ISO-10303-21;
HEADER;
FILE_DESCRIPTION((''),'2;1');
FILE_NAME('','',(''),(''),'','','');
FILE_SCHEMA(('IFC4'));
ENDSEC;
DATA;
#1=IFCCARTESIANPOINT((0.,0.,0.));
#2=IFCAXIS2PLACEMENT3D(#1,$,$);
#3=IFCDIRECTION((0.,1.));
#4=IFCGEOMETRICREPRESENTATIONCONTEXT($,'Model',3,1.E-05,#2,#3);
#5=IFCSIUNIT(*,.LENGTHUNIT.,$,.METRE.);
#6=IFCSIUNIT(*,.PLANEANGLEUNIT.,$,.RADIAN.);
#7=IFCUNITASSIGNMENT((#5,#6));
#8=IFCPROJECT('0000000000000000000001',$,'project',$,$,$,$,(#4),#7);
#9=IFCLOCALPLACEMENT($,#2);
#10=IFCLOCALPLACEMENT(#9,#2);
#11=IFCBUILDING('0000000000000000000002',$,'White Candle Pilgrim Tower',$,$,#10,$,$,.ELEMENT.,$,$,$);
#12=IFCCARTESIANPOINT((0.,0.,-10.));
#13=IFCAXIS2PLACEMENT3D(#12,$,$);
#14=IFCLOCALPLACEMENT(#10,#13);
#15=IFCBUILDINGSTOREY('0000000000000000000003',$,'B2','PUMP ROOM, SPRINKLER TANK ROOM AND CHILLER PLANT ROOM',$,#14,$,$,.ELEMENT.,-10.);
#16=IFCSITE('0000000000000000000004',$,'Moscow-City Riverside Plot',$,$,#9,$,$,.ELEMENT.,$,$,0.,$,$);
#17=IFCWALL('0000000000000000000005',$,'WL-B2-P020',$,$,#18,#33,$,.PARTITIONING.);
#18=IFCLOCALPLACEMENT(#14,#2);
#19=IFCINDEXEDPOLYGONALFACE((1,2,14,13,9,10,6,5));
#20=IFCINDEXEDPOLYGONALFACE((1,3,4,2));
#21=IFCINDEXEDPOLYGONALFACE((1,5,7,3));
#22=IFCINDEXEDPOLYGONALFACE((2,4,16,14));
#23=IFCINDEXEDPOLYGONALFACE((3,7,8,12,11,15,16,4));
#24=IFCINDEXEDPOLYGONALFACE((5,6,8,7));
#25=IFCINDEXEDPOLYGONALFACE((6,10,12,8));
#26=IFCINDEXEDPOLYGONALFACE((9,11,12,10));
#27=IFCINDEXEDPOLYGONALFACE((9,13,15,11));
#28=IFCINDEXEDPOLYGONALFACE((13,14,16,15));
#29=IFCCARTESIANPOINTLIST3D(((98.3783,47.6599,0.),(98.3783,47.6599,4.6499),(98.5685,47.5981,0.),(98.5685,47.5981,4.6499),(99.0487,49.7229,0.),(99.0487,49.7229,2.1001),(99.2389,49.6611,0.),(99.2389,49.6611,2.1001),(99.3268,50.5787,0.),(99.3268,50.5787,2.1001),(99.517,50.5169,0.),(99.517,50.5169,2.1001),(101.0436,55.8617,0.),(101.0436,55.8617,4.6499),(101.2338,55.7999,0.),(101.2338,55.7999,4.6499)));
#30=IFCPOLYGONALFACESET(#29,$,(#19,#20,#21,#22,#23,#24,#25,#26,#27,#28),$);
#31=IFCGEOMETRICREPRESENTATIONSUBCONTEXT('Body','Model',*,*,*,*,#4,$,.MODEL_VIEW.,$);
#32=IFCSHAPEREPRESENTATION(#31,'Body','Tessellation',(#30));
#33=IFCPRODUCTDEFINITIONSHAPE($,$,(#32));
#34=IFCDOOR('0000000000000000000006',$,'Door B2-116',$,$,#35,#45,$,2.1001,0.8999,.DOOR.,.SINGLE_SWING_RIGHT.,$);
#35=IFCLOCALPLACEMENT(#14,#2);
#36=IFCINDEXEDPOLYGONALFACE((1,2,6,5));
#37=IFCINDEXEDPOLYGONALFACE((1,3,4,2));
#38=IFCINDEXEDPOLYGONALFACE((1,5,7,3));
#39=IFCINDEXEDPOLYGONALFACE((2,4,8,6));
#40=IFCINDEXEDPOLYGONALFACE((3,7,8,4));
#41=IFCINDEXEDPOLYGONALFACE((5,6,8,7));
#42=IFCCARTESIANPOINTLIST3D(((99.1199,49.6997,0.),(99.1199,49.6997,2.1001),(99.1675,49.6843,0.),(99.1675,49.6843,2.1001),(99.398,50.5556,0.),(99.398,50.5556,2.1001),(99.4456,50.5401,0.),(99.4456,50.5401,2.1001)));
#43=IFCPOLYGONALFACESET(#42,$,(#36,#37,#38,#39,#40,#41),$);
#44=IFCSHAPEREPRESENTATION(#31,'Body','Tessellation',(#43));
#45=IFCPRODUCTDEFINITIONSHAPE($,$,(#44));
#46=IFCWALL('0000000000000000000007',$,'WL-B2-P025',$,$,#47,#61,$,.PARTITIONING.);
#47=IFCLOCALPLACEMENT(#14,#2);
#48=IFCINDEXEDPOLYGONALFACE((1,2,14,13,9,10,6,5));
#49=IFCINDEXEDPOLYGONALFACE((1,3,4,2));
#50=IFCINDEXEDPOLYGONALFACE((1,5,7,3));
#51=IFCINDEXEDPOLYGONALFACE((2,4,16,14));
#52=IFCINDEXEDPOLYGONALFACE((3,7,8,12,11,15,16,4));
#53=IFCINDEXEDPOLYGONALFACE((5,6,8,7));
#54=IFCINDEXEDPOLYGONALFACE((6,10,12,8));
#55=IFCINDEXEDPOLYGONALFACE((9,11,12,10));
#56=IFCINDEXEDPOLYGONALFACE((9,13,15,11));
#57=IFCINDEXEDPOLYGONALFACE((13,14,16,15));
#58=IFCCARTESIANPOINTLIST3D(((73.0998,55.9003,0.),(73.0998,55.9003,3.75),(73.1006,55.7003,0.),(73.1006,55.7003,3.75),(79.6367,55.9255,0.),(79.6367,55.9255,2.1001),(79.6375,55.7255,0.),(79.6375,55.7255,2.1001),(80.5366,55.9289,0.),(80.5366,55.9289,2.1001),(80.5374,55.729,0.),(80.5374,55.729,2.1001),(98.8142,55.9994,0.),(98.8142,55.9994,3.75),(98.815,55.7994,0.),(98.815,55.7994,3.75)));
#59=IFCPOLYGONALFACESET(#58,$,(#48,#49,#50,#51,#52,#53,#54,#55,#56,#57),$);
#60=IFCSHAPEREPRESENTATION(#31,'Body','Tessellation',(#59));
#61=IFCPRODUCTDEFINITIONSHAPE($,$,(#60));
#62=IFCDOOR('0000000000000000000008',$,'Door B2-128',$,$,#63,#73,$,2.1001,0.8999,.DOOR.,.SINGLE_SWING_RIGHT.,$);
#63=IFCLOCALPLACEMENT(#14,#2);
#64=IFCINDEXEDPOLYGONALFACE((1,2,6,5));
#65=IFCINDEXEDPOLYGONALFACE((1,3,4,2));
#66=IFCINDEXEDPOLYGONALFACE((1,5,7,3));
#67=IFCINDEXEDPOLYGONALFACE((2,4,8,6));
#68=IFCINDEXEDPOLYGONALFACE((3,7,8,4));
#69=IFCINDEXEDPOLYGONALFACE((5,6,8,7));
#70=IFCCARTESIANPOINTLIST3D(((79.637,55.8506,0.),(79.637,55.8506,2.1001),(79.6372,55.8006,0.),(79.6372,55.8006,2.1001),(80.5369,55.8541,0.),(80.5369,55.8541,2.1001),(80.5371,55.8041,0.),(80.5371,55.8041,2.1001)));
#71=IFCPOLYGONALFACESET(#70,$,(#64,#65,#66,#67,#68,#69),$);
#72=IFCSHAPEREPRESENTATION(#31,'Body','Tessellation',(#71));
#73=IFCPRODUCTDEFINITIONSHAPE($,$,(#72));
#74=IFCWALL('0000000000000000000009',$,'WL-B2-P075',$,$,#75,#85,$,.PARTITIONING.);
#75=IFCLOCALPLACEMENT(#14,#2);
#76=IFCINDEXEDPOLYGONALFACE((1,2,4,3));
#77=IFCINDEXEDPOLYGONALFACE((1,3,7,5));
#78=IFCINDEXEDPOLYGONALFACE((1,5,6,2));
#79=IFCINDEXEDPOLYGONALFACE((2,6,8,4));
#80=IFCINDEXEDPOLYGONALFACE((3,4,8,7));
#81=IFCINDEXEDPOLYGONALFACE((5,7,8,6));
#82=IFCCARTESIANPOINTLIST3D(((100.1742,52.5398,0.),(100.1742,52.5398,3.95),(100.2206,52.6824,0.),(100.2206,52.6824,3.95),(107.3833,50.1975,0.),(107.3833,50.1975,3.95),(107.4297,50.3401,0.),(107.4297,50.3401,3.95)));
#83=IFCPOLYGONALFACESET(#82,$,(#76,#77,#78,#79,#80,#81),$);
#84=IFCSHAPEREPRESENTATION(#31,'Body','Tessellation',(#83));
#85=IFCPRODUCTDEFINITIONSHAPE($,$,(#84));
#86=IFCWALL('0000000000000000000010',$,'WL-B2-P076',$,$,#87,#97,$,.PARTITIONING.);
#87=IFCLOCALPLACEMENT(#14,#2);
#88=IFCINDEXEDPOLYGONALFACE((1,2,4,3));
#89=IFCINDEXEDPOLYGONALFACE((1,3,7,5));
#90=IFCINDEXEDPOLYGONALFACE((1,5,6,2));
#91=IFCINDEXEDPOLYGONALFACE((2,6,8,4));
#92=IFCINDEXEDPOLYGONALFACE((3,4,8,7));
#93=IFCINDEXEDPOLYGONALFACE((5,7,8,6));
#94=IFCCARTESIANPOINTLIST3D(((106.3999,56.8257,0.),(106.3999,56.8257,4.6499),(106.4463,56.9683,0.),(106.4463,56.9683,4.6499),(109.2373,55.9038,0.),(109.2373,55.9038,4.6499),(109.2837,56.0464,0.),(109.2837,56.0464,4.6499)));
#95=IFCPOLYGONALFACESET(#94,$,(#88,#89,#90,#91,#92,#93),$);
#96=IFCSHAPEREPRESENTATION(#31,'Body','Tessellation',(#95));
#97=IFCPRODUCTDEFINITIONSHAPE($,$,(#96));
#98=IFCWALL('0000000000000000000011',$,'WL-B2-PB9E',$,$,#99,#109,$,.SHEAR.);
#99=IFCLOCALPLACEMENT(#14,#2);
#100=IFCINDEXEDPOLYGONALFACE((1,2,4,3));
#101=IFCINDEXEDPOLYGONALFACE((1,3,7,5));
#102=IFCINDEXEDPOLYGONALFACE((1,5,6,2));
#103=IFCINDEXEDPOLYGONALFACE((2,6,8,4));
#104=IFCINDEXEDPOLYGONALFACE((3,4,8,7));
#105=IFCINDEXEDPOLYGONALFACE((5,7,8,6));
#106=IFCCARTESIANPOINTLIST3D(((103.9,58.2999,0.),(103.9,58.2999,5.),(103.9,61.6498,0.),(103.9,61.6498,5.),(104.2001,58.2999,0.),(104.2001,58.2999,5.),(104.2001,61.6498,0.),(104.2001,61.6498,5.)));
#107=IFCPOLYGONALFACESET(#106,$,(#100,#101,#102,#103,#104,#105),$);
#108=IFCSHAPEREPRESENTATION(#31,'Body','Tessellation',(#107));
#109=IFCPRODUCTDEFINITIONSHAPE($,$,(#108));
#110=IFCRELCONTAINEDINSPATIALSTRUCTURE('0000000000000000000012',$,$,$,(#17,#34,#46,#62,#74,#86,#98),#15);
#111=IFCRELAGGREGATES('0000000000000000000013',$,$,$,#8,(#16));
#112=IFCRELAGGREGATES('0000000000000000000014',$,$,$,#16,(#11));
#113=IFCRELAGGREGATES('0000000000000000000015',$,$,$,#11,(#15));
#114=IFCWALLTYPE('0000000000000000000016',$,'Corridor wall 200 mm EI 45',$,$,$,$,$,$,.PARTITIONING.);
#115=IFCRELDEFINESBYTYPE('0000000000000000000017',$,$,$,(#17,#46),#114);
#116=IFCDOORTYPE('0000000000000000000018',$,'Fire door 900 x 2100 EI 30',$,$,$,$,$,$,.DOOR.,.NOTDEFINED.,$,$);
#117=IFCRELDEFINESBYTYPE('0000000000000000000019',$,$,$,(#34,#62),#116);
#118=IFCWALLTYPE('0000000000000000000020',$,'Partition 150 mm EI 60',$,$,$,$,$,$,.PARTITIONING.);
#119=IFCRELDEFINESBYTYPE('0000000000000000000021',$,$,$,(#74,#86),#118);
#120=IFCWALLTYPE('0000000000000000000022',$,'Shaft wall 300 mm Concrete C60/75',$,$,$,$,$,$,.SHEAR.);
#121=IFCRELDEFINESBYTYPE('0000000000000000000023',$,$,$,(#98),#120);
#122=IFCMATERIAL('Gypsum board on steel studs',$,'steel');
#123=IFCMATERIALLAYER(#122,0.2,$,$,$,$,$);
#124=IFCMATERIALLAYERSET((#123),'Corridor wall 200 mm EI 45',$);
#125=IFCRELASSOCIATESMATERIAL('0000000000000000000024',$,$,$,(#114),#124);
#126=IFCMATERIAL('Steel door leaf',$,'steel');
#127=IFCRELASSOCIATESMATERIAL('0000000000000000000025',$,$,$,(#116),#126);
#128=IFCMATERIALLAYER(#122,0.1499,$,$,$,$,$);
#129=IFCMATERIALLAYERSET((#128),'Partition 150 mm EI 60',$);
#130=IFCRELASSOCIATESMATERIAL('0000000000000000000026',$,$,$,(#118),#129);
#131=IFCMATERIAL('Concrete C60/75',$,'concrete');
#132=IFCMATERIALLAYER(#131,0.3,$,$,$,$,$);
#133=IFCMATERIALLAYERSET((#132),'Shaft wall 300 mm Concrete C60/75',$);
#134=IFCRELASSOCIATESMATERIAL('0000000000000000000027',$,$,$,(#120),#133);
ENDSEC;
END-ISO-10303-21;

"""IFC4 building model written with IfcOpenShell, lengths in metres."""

from ifc_helpers import new_model, si_unit, direction, frame, frame_2d, origin, place, context, subcontext, project, spatial, rectangle, extrude, material, layer, layer_set, type_object, element, fill, save


model = new_model("IFC4")

# Units and contexts
model_context = context("Model", 3, precision=1e-05, world=origin(), true_north=direction((0.0, 1.0)))
body_context = subcontext(model_context, "Body", "Model", "MODEL_VIEW")
ifc_project = project(units=[si_unit("LENGTHUNIT", "METRE"), si_unit("PLANEANGLEUNIT", "RADIAN")], contexts=[model_context])

# Site, building, storey
site_placement = place(None, origin())
site = spatial("IfcSite", under=ifc_project, at=site_placement, Name="Moscow-City Riverside Plot", CompositionType="ELEMENT", RefElevation=0.0)
building_placement = place(site_placement, origin())
building = spatial("IfcBuilding", under=site, at=building_placement, Name="White Candle Pilgrim Tower", CompositionType="ELEMENT")
storey_placement = place(building_placement, frame((0.0, 0.0, -10.0)))
storey = spatial("IfcBuildingStorey", under=building, at=storey_placement, Name="B2", Description="PUMP ROOM, SPRINKLER TANK ROOM AND CHILLER PLANT ROOM", CompositionType="ELEMENT", Elevation=-10.0)

# Walls, openings, doors
ifc_material_1 = material(Name="Gypsum board on steel studs", Category="steel")
ifc_layer_1 = layer(ifc_material_1, 0.2)
ifc_layer_set_1 = layer_set([ifc_layer_1], Name="Corridor wall 200 mm EI 45")
wall_type_1 = type_object("IfcWallType", Name="Corridor wall 200 mm EI 45", PredefinedType="PARTITIONING", material=ifc_layer_set_1)
ifc_material_2 = material(Name="Steel door leaf", Category="steel")
door_type = type_object("IfcDoorType", Name="Fire door 900 x 2100 EI 30", OperationType="NOTDEFINED", PredefinedType="DOOR", material=ifc_material_2)
wall_1_placement = place(storey_placement, frame((101.1387, 55.8308, 0.0), z_axis=(0.0, 0.0, 1.0), x_axis=(-0.309051, -0.951046, 0.0)))
wall_1 = element("IfcWall", 1, at=wall_1_placement, inside=storey, type_object=wall_type_1, Name="WL-B2-P020", PredefinedType="PARTITIONING", context=body_context, shape_type="SweptSolid", body=[
    extrude(rectangle(XDim=8.624, YDim=0.2, at=frame_2d((4.312, 0.0))), origin(), (0.0, 0.0, 1.0), 4.6499),
])
opening_1_placement = place(wall_1_placement, frame((5.5549, 0.0, 0.0)))
opening_1 = element("IfcOpeningElement", 2, at=opening_1_placement, cuts=wall_1, PredefinedType="OPENING", context=body_context, shape_type="SweptSolid", body=[
    extrude(rectangle(XDim=0.8999, YDim=2.1001, at=frame_2d((0.45, 1.05))), frame((0.0, 0.1099, 0.0), z_axis=(0.0, -1.0, 0.0), x_axis=(1.0, 0.0, 0.0)), (0.0, 0.0, 1.0), 0.22),
])
door_1_placement = place(opening_1_placement, origin())
door_1 = element("IfcDoor", 3, at=door_1_placement, inside=storey, type_object=door_type, Name="Door B2-116", OperationType="SINGLE_SWING_RIGHT", OverallHeight=2.1001, OverallWidth=0.8999, PredefinedType="DOOR", context=body_context, shape_type="SweptSolid", body=[
    extrude(rectangle(XDim=0.8999, YDim=2.1001, at=frame_2d((0.45, 1.05))), frame((0.0, 0.0249, 0.0), z_axis=(0.0, -1.0, 0.0), x_axis=(1.0, 0.0, 0.0)), (0.0, 0.0, 1.0), 0.05),
])
fill(opening_1, door_1)
wall_2_placement = place(storey_placement, frame((98.8147, 55.8994, 0.0), z_axis=(0.0, 0.0, 1.0), x_axis=(-0.999993, -0.003855, 0.0)))
wall_2 = element("IfcWall", 4, at=wall_2_placement, inside=storey, type_object=wall_type_1, Name="WL-B2-P025", PredefinedType="PARTITIONING", context=body_context, shape_type="SweptSolid", body=[
    extrude(rectangle(XDim=25.7146, YDim=0.2, at=frame_2d((12.8574, 0.0))), origin(), (0.0, 0.0, 1.0), 3.75),
])
opening_2_placement = place(wall_2_placement, frame((18.2778, 0.0, 0.0)))
opening_2 = element("IfcOpeningElement", 5, at=opening_2_placement, cuts=wall_2, PredefinedType="OPENING", context=body_context, shape_type="SweptSolid", body=[
    extrude(rectangle(XDim=0.8999, YDim=2.1001, at=frame_2d((0.45, 1.05))), frame((0.0, 0.1099, 0.0), z_axis=(0.0, -1.0, 0.0), x_axis=(1.0, 0.0, 0.0)), (0.0, 0.0, 1.0), 0.22),
])
door_2_placement = place(opening_2_placement, origin())
door_2 = element("IfcDoor", 6, at=door_2_placement, inside=storey, type_object=door_type, Name="Door B2-128", OperationType="SINGLE_SWING_RIGHT", OverallHeight=2.1001, OverallWidth=0.8999, PredefinedType="DOOR", context=body_context, shape_type="SweptSolid", body=[
    extrude(rectangle(XDim=0.8999, YDim=2.1001, at=frame_2d((0.45, 1.05))), frame((0.0, 0.0249, 0.0), z_axis=(0.0, -1.0, 0.0), x_axis=(1.0, 0.0, 0.0)), (0.0, 0.0, 1.0), 0.05),
])
fill(opening_2, door_2)

# Walls
ifc_layer_2 = layer(ifc_material_1, 0.1499)
ifc_layer_set_2 = layer_set([ifc_layer_2], Name="Partition 150 mm EI 60")
wall_type_2 = type_object("IfcWallType", Name="Partition 150 mm EI 60", PredefinedType="PARTITIONING", material=ifc_layer_set_2)
wall_3_placement = place(storey_placement, frame((107.4065, 50.2688, 0.0), z_axis=(0.0, 0.0, 1.0), x_axis=(-0.951059, 0.30901, 0.0)))
element("IfcWall", 7, at=wall_3_placement, inside=storey, type_object=wall_type_2, Name="WL-B2-P075", PredefinedType="PARTITIONING", context=body_context, shape_type="SweptSolid", body=[
    extrude(rectangle(XDim=7.5801, YDim=0.1499, at=frame_2d((3.79, 0.0))), origin(), (0.0, 0.0, 1.0), 3.95),
])
wall_4_placement = place(storey_placement, frame((109.2605, 55.9751, 0.0), z_axis=(0.0, 0.0, 1.0), x_axis=(-0.951062, 0.309001, 0.0)))
element("IfcWall", 8, at=wall_4_placement, inside=storey, type_object=wall_type_2, Name="WL-B2-P076", PredefinedType="PARTITIONING", context=body_context, shape_type="SweptSolid", body=[
    extrude(rectangle(XDim=2.9834, YDim=0.1499, at=frame_2d((1.4917, 0.0))), origin(), (0.0, 0.0, 1.0), 4.6499),
])
ifc_material_3 = material(Name="Concrete C60/75", Category="concrete")
ifc_layer_3 = layer(ifc_material_3, 0.3)
ifc_layer_set_3 = layer_set([ifc_layer_3], Name="Shaft wall 300 mm Concrete C60/75")
wall_type_3 = type_object("IfcWallType", Name="Shaft wall 300 mm Concrete C60/75", PredefinedType="SHEAR", material=ifc_layer_set_3)
wall_5_placement = place(storey_placement, frame((104.05, 58.3, 0.0), z_axis=(0.0, 0.0, 1.0), x_axis=(0.0, 1.0, 0.0)))
element("IfcWall", 9, at=wall_5_placement, inside=storey, type_object=wall_type_3, Name="WL-B2-PB9E", PredefinedType="SHEAR", context=body_context, shape_type="SweptSolid", body=[
    extrude(rectangle(XDim=3.3499, YDim=0.3, at=frame_2d((1.6748, 0.0))), origin(), (0.0, 0.0, 1.0), 5.0),
])

save(model, "model.ifc")
